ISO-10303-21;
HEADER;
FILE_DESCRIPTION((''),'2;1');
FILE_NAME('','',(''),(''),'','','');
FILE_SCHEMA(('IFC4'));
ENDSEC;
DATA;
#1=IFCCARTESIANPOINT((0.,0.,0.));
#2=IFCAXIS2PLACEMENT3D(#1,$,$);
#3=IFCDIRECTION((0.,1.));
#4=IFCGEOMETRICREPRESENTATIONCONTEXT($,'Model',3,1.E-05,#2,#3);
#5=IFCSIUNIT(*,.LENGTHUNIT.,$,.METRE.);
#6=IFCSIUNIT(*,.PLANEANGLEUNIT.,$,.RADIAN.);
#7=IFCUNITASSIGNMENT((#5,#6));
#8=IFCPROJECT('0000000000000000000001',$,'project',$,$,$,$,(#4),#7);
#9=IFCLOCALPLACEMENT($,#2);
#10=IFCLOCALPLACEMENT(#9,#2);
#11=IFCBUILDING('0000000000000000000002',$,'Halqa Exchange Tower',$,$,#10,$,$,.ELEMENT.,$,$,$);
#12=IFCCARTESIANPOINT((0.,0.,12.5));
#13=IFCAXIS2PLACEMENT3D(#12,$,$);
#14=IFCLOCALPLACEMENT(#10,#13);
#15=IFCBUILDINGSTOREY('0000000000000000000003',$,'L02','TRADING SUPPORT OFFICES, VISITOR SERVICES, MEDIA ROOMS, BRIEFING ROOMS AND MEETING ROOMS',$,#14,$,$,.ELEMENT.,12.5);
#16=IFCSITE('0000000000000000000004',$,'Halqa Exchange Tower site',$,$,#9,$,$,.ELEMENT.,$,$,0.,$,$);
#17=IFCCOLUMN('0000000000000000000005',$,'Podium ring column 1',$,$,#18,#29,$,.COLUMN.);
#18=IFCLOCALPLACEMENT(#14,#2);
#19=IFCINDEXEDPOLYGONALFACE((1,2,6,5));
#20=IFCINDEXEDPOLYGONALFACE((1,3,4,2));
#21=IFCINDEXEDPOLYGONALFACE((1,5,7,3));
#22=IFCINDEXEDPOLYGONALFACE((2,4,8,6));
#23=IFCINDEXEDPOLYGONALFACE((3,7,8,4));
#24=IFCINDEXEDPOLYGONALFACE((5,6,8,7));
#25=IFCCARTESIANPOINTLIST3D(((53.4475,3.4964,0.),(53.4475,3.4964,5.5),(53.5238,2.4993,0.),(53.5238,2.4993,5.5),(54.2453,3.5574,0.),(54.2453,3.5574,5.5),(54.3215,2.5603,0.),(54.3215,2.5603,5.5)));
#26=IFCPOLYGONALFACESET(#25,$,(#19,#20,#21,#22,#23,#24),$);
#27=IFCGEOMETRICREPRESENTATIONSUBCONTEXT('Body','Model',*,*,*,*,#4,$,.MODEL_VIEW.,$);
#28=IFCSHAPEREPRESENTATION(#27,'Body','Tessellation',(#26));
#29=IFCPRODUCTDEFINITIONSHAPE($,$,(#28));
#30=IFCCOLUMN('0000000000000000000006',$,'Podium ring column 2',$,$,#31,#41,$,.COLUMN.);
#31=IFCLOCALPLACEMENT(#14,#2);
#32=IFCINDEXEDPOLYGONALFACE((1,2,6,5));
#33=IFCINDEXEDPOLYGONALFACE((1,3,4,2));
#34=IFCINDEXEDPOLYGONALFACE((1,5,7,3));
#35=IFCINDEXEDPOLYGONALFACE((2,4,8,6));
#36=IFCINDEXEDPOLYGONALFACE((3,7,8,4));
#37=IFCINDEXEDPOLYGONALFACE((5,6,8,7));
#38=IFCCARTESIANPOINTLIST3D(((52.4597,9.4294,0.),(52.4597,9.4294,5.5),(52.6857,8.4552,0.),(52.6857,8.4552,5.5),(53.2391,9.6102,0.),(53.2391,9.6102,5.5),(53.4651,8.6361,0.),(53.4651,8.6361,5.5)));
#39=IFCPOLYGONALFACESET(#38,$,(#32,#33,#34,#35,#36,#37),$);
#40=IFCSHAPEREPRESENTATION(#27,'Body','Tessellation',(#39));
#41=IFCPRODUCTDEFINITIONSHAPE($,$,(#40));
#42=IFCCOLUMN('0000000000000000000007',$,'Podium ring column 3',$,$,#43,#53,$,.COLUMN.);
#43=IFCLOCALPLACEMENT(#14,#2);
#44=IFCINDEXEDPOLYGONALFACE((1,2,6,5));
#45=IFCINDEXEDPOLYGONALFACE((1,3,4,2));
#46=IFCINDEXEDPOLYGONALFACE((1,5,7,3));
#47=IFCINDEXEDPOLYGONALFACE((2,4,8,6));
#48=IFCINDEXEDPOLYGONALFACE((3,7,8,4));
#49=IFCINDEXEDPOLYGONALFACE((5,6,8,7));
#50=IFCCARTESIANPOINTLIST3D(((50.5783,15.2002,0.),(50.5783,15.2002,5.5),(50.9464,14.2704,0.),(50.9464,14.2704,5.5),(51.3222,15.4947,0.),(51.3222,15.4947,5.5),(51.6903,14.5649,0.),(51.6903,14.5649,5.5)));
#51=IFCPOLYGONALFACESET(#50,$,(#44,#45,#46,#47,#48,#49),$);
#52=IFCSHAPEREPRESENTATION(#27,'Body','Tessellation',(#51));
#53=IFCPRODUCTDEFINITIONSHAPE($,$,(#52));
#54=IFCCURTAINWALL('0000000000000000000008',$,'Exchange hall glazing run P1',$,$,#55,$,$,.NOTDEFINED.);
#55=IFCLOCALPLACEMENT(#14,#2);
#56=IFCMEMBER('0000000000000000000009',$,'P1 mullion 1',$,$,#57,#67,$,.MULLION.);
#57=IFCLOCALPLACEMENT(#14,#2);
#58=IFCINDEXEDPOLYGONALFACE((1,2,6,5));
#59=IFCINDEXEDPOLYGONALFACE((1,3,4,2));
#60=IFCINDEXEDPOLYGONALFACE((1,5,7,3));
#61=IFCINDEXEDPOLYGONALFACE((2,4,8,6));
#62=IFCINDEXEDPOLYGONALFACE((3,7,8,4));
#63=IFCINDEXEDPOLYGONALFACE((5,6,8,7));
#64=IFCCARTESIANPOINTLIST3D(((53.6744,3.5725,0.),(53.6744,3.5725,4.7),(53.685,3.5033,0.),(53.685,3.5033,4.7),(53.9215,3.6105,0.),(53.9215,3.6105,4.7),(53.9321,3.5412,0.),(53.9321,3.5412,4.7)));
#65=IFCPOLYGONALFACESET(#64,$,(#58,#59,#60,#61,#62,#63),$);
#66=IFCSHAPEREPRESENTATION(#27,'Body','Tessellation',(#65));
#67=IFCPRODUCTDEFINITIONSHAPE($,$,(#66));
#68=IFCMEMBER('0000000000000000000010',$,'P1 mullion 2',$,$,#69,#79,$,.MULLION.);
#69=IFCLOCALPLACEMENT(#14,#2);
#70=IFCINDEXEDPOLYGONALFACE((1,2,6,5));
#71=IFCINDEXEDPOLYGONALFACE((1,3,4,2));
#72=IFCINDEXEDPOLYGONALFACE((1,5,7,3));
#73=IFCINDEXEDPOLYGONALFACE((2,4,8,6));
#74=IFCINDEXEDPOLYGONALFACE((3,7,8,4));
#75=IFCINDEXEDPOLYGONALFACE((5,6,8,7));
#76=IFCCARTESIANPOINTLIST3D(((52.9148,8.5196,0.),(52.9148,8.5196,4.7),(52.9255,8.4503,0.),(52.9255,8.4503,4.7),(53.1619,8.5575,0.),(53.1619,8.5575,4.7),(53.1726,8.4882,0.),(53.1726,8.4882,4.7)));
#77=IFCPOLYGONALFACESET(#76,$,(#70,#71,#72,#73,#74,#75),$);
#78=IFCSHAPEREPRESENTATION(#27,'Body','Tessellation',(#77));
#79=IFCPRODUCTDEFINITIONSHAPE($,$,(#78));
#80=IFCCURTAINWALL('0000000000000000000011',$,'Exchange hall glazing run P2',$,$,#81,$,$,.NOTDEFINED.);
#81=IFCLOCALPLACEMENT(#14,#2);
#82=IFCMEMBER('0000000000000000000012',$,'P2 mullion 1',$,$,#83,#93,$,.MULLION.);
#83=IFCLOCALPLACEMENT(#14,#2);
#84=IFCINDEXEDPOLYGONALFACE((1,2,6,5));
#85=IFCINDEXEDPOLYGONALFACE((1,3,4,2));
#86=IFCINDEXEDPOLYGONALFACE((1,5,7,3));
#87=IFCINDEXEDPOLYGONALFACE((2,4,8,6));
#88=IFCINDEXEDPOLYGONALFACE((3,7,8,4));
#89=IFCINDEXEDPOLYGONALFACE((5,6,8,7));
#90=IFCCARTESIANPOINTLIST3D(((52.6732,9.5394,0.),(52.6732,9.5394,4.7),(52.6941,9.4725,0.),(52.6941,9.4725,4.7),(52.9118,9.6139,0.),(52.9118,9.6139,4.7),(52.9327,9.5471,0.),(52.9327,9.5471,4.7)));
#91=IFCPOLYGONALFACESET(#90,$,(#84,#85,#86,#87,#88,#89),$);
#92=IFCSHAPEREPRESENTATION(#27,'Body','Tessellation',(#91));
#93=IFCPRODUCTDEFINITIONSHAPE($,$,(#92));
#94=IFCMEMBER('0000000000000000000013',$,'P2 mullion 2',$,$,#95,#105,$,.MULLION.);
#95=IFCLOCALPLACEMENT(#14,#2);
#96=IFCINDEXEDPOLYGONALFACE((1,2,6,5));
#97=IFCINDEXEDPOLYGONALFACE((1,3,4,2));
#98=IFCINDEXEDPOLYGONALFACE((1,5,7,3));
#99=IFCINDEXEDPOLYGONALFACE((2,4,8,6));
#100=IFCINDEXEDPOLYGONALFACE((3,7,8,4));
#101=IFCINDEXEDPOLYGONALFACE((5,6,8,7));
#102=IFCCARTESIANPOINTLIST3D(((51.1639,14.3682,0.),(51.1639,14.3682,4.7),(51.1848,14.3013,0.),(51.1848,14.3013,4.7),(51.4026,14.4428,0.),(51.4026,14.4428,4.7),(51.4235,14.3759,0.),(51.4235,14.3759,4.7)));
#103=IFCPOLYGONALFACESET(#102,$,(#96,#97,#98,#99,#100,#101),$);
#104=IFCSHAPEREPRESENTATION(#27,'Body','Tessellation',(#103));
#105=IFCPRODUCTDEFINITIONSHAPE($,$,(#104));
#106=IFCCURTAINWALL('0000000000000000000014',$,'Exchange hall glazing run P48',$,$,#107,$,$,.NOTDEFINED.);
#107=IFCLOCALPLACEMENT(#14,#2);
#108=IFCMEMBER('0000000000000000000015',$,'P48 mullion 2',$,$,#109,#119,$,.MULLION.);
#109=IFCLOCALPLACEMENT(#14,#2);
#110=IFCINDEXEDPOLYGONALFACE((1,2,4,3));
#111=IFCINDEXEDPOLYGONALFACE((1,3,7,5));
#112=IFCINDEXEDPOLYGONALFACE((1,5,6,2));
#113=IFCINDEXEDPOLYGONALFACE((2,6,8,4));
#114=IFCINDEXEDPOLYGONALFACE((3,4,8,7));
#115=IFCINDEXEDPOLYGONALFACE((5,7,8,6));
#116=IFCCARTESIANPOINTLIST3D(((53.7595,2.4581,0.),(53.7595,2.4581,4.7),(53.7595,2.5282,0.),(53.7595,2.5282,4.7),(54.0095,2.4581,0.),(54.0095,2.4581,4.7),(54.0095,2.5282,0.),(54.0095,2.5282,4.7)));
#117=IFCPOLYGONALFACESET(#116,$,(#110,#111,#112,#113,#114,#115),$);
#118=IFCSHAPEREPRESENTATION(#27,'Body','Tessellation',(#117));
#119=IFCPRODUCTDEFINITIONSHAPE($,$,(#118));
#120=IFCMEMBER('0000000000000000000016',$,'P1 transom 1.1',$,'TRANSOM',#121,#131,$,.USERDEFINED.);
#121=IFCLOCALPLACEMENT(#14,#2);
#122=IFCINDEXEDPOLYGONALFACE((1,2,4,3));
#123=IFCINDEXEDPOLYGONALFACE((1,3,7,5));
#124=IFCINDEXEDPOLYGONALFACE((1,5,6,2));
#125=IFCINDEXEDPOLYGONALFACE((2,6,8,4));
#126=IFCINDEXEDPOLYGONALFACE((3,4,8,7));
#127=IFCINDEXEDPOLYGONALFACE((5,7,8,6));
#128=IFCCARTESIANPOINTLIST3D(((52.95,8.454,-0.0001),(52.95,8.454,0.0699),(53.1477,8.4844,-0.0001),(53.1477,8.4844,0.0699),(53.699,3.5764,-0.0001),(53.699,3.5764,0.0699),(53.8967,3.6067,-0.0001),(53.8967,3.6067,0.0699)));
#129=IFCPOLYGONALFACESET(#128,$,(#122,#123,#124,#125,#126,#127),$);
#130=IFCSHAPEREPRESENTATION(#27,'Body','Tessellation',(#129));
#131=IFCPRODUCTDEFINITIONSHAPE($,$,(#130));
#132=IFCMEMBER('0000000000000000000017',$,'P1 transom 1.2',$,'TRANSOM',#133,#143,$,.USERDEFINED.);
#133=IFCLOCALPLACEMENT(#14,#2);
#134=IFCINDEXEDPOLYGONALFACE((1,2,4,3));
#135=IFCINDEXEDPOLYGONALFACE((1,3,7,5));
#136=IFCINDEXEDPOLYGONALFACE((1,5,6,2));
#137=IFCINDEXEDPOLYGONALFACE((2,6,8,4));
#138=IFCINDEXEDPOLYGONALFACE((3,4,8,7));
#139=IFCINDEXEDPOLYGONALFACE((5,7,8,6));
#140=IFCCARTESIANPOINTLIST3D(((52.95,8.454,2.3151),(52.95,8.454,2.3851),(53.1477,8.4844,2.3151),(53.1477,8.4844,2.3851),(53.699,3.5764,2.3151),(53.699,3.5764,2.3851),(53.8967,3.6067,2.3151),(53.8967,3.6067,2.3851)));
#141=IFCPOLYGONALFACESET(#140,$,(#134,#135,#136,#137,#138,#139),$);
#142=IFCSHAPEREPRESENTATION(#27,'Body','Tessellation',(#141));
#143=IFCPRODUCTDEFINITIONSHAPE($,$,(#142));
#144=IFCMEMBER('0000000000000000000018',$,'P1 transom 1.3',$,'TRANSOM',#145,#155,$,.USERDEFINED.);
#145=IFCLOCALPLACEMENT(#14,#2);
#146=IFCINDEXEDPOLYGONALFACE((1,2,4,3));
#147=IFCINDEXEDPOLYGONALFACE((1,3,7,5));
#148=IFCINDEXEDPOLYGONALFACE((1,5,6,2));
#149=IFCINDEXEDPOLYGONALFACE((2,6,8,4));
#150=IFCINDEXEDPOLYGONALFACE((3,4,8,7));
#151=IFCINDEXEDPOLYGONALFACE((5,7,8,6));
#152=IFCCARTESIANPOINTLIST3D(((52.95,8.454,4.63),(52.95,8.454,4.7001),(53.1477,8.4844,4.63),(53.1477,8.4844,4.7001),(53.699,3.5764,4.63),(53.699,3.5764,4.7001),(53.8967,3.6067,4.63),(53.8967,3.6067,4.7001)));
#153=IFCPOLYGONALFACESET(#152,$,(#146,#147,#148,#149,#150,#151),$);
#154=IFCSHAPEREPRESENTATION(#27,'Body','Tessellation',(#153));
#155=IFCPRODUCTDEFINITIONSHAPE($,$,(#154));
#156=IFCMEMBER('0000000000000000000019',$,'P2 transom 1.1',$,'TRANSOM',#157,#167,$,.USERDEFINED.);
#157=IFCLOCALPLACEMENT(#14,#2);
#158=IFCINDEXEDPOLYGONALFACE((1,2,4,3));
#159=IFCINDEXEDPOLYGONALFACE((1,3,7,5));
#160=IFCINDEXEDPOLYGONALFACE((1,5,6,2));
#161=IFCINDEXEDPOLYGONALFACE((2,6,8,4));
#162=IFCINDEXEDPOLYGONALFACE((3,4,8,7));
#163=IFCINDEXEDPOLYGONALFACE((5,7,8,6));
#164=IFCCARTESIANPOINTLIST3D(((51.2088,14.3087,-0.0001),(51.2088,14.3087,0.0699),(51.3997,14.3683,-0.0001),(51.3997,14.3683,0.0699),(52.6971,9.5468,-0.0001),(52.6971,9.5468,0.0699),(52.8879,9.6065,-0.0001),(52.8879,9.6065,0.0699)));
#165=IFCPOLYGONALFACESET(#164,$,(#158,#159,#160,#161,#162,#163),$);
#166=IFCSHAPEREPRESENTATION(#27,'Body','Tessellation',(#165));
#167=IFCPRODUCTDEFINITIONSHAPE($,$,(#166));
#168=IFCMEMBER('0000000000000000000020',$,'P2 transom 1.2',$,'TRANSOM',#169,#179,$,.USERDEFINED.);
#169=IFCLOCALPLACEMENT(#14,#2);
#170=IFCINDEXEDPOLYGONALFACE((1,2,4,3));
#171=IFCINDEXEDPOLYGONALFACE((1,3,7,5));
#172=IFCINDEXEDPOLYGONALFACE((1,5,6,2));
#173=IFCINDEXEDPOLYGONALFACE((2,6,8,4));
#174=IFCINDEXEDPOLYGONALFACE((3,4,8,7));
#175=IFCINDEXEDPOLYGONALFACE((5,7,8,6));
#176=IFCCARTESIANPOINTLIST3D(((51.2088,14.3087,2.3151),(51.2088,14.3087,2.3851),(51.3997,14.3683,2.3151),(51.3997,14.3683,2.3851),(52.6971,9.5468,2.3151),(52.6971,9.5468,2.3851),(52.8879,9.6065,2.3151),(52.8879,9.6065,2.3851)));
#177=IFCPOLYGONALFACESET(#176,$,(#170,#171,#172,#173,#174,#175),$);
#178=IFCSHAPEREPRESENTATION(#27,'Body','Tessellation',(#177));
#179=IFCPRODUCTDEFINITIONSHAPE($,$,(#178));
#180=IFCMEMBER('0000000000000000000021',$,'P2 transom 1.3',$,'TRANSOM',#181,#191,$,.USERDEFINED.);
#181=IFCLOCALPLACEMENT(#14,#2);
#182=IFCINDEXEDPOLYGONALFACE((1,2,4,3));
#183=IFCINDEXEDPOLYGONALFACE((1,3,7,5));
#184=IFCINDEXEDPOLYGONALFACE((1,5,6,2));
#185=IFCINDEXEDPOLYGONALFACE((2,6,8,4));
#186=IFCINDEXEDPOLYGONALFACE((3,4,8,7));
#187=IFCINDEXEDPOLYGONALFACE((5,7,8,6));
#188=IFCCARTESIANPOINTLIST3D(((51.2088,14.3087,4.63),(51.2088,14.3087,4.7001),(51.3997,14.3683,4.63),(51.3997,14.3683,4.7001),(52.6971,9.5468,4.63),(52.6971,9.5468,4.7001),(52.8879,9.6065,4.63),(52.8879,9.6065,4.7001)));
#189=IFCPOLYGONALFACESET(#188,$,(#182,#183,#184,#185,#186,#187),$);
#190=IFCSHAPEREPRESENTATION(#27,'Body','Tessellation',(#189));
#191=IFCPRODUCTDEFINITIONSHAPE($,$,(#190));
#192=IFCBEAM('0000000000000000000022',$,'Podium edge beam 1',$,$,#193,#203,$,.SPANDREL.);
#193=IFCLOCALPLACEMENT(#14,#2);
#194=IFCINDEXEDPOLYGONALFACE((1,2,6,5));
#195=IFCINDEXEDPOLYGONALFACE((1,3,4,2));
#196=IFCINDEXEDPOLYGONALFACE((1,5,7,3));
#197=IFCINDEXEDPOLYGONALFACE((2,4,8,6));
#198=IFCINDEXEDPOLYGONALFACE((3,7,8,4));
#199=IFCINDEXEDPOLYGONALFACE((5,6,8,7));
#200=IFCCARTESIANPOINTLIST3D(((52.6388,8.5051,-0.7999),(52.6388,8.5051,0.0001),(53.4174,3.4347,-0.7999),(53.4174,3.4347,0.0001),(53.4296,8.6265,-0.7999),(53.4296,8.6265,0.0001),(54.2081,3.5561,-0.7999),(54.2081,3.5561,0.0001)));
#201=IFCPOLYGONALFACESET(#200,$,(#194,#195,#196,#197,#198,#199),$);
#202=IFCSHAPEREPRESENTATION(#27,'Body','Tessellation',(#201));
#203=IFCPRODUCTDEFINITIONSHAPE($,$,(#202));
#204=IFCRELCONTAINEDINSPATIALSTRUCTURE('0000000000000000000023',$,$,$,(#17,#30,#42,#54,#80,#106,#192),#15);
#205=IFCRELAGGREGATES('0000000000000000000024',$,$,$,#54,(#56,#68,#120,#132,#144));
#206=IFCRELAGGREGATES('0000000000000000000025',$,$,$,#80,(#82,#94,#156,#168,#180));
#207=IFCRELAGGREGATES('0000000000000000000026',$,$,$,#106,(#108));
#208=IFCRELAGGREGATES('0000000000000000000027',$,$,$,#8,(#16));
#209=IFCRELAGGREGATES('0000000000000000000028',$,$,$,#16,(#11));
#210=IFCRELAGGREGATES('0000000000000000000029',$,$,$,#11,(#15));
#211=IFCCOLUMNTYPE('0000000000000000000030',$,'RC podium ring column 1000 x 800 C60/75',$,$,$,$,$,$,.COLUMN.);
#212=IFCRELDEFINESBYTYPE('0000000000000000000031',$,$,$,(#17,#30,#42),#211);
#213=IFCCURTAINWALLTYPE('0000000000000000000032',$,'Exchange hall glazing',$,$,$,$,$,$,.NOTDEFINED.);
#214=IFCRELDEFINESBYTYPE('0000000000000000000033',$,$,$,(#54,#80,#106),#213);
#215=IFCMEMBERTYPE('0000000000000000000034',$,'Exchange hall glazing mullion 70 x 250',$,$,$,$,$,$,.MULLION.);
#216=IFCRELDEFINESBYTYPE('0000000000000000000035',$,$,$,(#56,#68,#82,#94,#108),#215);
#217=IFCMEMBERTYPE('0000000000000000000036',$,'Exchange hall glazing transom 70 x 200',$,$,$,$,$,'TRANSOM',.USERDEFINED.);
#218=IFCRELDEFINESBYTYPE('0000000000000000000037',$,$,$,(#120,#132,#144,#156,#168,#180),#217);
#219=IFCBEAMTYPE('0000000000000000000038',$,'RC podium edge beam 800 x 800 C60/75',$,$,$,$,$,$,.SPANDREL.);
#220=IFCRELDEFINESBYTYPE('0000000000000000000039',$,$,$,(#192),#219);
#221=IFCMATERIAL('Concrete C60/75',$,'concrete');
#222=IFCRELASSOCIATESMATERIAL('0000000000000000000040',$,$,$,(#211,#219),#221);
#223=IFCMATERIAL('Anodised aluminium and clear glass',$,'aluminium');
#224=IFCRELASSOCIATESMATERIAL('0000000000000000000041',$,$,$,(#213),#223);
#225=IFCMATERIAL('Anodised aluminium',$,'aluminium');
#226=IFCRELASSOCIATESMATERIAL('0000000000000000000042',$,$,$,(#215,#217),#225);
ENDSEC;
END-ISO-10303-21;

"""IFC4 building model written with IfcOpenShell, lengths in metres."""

from ifc_helpers import new_model, si_unit, direction, frame, origin, origin_2d, place, context, subcontext, project, spatial, rectangle, extrude, material, material_profile, profile_set, type_object, element, aggregate, save


model = new_model("IFC4")

# Units and contexts
model_context = context("Model", 3, precision=1e-05, world=origin(), true_north=direction((0.0, 1.0)))
body_context = subcontext(model_context, "Body", "Model", "MODEL_VIEW")
ifc_project = project(units=[si_unit("LENGTHUNIT", "METRE"), si_unit("PLANEANGLEUNIT", "RADIAN")], contexts=[model_context])

# Site, building, storey
site_placement = place(None, origin())
site = spatial("IfcSite", under=ifc_project, at=site_placement, Name="Halqa Exchange Tower site", CompositionType="ELEMENT", RefElevation=0.0)
building_placement = place(site_placement, origin())
building = spatial("IfcBuilding", under=site, at=building_placement, Name="Halqa Exchange Tower", CompositionType="ELEMENT")
storey_placement = place(building_placement, frame((0.0, 0.0, 12.5)))
storey = spatial("IfcBuildingStorey", under=building, at=storey_placement, Name="L02", Description="TRADING SUPPORT OFFICES, VISITOR SERVICES, MEDIA ROOMS, BRIEFING ROOMS AND MEETING ROOMS", CompositionType="ELEMENT", Elevation=12.5)

# Columns
ifc_material_1 = material(Name="Concrete C60/75", Category="concrete")
ifc_material_profile_1 = material_profile(ifc_material_1, rectangle(XDim=1.0, YDim=0.8, at=origin_2d()), Name="1000 x 800")
ifc_profile_set_1 = profile_set([ifc_material_profile_1], Name="Concrete C60/75")
column_type = type_object("IfcColumnType", Name="RC podium ring column 1000 x 800 C60/75", PredefinedType="COLUMN", material=ifc_profile_set_1)
for number, where, z_axis, x_axis, name in (
    (1, (53.8845, 3.0283, 0.0), (0.0, 0.0, 1.0), (-0.076223, 0.997091, 0.0), "Podium ring column 1"),
    (2, (52.9624, 9.0327, 0.0), (0.0, 0.0, 1.0), (-0.225997, 0.974128, 0.0), "Podium ring column 2"),
    (3, (51.1343, 14.8826, 0.0), (0.0, 0.0, 1.0), (-0.36811, 0.929782, 0.0), "Podium ring column 3"),
):
    element("IfcColumn", number, at=place(storey_placement, frame(where, z_axis=z_axis, x_axis=x_axis)), inside=storey, type_object=column_type, Name=name, PredefinedType="COLUMN", context=body_context, shape_type="SweptSolid", body=[
        extrude(rectangle(XDim=1.0, YDim=0.8, at=origin_2d()), origin(), (0.0, 0.0, 1.0), 5.5),
    ])

# Curtain walls, members
ifc_material_2 = material(Name="Anodised aluminium and clear glass", Category="aluminium")
curtain_wall_type = type_object("IfcCurtainWallType", Name="Exchange hall glazing", PredefinedType="NOTDEFINED", material=ifc_material_2)
curtain_wall_1_placement = place(storey_placement, origin())
curtain_wall_1 = element("IfcCurtainWall", 4, at=curtain_wall_1_placement, inside=storey, type_object=curtain_wall_type, Name="Exchange hall glazing run P1", PredefinedType="NOTDEFINED")
ifc_material_3 = material(Name="Anodised aluminium", Category="aluminium")
ifc_material_profile_2 = material_profile(ifc_material_3, rectangle(XDim=0.25, YDim=0.0701, at=origin_2d()), Name="AL 70x250")
ifc_profile_set_2 = profile_set([ifc_material_profile_2], Name="Anodised aluminium")
member_type_1 = type_object("IfcMemberType", Name="Exchange hall glazing mullion 70 x 250", PredefinedType="MULLION", material=ifc_profile_set_2)
member_1_placement = place(storey_placement, frame((53.8032, 3.5569, 0.0), z_axis=(0.0, 0.0, 1.0), x_axis=(-0.988416, -0.151767, 0.0)))
member_1 = element("IfcMember", 5, at=member_1_placement, type_object=member_type_1, Name="P1 mullion 1", PredefinedType="MULLION", context=body_context, shape_type="SweptSolid", body=[
    extrude(rectangle(XDim=0.25, YDim=0.0701, at=origin_2d()), origin(), (0.0, 0.0, 1.0), 4.7),
])
member_2_placement = place(storey_placement, frame((53.0437, 8.5039, 0.0), z_axis=(0.0, 0.0, 1.0), x_axis=(-0.988416, -0.151767, 0.0)))
member_2 = element("IfcMember", 6, at=member_2_placement, type_object=member_type_1, Name="P1 mullion 2", PredefinedType="MULLION", context=body_context, shape_type="SweptSolid", body=[
    extrude(rectangle(XDim=0.25, YDim=0.0701, at=origin_2d()), origin(), (0.0, 0.0, 1.0), 4.7),
])
curtain_wall_2_placement = place(storey_placement, origin())
curtain_wall_2 = element("IfcCurtainWall", 7, at=curtain_wall_2_placement, inside=storey, type_object=curtain_wall_type, Name="Exchange hall glazing run P2", PredefinedType="NOTDEFINED")
member_3_placement = place(storey_placement, frame((52.803, 9.5432, 0.0), z_axis=(0.0, 0.0, 1.0), x_axis=(-0.954471, -0.298303, 0.0)))
member_3 = element("IfcMember", 8, at=member_3_placement, type_object=member_type_1, Name="P2 mullion 1", PredefinedType="MULLION", context=body_context, shape_type="SweptSolid", body=[
    extrude(rectangle(XDim=0.25, YDim=0.0701, at=origin_2d()), origin(), (0.0, 0.0, 1.0), 4.7),
])
member_4_placement = place(storey_placement, frame((51.2937, 14.3721, 0.0), z_axis=(0.0, 0.0, 1.0), x_axis=(-0.954471, -0.298303, 0.0)))
member_4 = element("IfcMember", 9, at=member_4_placement, type_object=member_type_1, Name="P2 mullion 2", PredefinedType="MULLION", context=body_context, shape_type="SweptSolid", body=[
    extrude(rectangle(XDim=0.25, YDim=0.0701, at=origin_2d()), origin(), (0.0, 0.0, 1.0), 4.7),
])

# Curtain wall, member
curtain_wall_3_placement = place(storey_placement, origin())
curtain_wall_3 = element("IfcCurtainWall", 10, at=curtain_wall_3_placement, inside=storey, type_object=curtain_wall_type, Name="Exchange hall glazing run P48", PredefinedType="NOTDEFINED")
member_5_placement = place(storey_placement, frame((53.8845, 2.4932, 0.0), z_axis=(0.0, 0.0, 1.0), x_axis=(-1.0, 0.0, 0.0)))
member_5 = element("IfcMember", 11, at=member_5_placement, type_object=member_type_1, Name="P48 mullion 2", PredefinedType="MULLION", context=body_context, shape_type="SweptSolid", body=[
    extrude(rectangle(XDim=0.25, YDim=0.0701, at=origin_2d()), origin(), (0.0, 0.0, 1.0), 4.7),
])

# Members
ifc_material_profile_3 = material_profile(ifc_material_3, rectangle(XDim=0.2, YDim=0.0701, at=origin_2d()), Name="AL 70x200")
ifc_profile_set_3 = profile_set([ifc_material_profile_3], Name="Anodised aluminium")
member_type_2 = type_object("IfcMemberType", Name="Exchange hall glazing transom 70 x 200", ElementType="TRANSOM", PredefinedType="USERDEFINED", material=ifc_profile_set_3)
member_6_placement = place(storey_placement, frame((53.7979, 3.5916, 0.0349), z_axis=(-0.151782, 0.988414, 0.0), x_axis=(-0.988414, -0.151782, 0.0)))
member_6 = element("IfcMember", 12, at=member_6_placement, type_object=member_type_2, Name="P1 transom 1.1", ObjectType="TRANSOM", PredefinedType="USERDEFINED", context=body_context, shape_type="SweptSolid", body=[
    extrude(rectangle(XDim=0.2, YDim=0.0701, at=origin_2d()), origin(), (0.0, 0.0, 1.0), 4.9348),
])
member_7_placement = place(storey_placement, frame((53.7979, 3.5916, 2.3501), z_axis=(-0.151782, 0.988414, 0.0), x_axis=(-0.988414, -0.151782, 0.0)))
member_7 = element("IfcMember", 13, at=member_7_placement, type_object=member_type_2, Name="P1 transom 1.2", ObjectType="TRANSOM", PredefinedType="USERDEFINED", context=body_context, shape_type="SweptSolid", body=[
    extrude(rectangle(XDim=0.2, YDim=0.0701, at=origin_2d()), origin(), (0.0, 0.0, 1.0), 4.9348),
])
member_8_placement = place(storey_placement, frame((53.7979, 3.5916, 4.665), z_axis=(-0.151782, 0.988414, 0.0), x_axis=(-0.988414, -0.151782, 0.0)))
member_8 = element("IfcMember", 14, at=member_8_placement, type_object=member_type_2, Name="P1 transom 1.3", ObjectType="TRANSOM", PredefinedType="USERDEFINED", context=body_context, shape_type="SweptSolid", body=[
    extrude(rectangle(XDim=0.2, YDim=0.0701, at=origin_2d()), origin(), (0.0, 0.0, 1.0), 4.9348),
])
member_9_placement = place(storey_placement, frame((52.7925, 9.5767, 0.0349), z_axis=(-0.298306, 0.95447, 0.0), x_axis=(-0.95447, -0.298306, 0.0)))
member_9 = element("IfcMember", 15, at=member_9_placement, type_object=member_type_2, Name="P2 transom 1.1", ObjectType="TRANSOM", PredefinedType="USERDEFINED", context=body_context, shape_type="SweptSolid", body=[
    extrude(rectangle(XDim=0.2, YDim=0.0701, at=origin_2d()), origin(), (0.0, 0.0, 1.0), 4.989),
])
member_10_placement = place(storey_placement, frame((52.7925, 9.5767, 2.3501), z_axis=(-0.298306, 0.95447, 0.0), x_axis=(-0.95447, -0.298306, 0.0)))
member_10 = element("IfcMember", 16, at=member_10_placement, type_object=member_type_2, Name="P2 transom 1.2", ObjectType="TRANSOM", PredefinedType="USERDEFINED", context=body_context, shape_type="SweptSolid", body=[
    extrude(rectangle(XDim=0.2, YDim=0.0701, at=origin_2d()), origin(), (0.0, 0.0, 1.0), 4.989),
])
member_11_placement = place(storey_placement, frame((52.7925, 9.5767, 4.665), z_axis=(-0.298306, 0.95447, 0.0), x_axis=(-0.95447, -0.298306, 0.0)))
member_11 = element("IfcMember", 17, at=member_11_placement, type_object=member_type_2, Name="P2 transom 1.3", ObjectType="TRANSOM", PredefinedType="USERDEFINED", context=body_context, shape_type="SweptSolid", body=[
    extrude(rectangle(XDim=0.2, YDim=0.0701, at=origin_2d()), origin(), (0.0, 0.0, 1.0), 4.989),
])

# Beam
ifc_material_profile_4 = material_profile(ifc_material_1, rectangle(XDim=0.8, YDim=0.8, at=origin_2d()), Name="800 x 800")
ifc_profile_set_4 = profile_set([ifc_material_profile_4], Name="Concrete C60/75")
beam_type = type_object("IfcBeamType", Name="RC podium edge beam 800 x 800 C60/75", PredefinedType="SPANDREL", material=ifc_profile_set_4)
beam_1_placement = place(storey_placement, frame((53.8127, 3.4954, -0.3999), z_axis=(-0.151768, 0.988416, 0.0), x_axis=(-0.988416, -0.151768, 0.0)))
element("IfcBeam", 18, at=beam_1_placement, inside=storey, type_object=beam_type, Name="Podium edge beam 1", PredefinedType="SPANDREL", context=body_context, shape_type="SweptSolid", body=[
    extrude(rectangle(XDim=0.8, YDim=0.8, at=origin_2d()), origin(), (0.0, 0.0, 1.0), 5.1299),
])

aggregate(curtain_wall_1, [member_1, member_2, member_6, member_7, member_8])
aggregate(curtain_wall_2, [member_3, member_4, member_9, member_10, member_11])
aggregate(curtain_wall_3, [member_5])

save(model, "model.ifc")
